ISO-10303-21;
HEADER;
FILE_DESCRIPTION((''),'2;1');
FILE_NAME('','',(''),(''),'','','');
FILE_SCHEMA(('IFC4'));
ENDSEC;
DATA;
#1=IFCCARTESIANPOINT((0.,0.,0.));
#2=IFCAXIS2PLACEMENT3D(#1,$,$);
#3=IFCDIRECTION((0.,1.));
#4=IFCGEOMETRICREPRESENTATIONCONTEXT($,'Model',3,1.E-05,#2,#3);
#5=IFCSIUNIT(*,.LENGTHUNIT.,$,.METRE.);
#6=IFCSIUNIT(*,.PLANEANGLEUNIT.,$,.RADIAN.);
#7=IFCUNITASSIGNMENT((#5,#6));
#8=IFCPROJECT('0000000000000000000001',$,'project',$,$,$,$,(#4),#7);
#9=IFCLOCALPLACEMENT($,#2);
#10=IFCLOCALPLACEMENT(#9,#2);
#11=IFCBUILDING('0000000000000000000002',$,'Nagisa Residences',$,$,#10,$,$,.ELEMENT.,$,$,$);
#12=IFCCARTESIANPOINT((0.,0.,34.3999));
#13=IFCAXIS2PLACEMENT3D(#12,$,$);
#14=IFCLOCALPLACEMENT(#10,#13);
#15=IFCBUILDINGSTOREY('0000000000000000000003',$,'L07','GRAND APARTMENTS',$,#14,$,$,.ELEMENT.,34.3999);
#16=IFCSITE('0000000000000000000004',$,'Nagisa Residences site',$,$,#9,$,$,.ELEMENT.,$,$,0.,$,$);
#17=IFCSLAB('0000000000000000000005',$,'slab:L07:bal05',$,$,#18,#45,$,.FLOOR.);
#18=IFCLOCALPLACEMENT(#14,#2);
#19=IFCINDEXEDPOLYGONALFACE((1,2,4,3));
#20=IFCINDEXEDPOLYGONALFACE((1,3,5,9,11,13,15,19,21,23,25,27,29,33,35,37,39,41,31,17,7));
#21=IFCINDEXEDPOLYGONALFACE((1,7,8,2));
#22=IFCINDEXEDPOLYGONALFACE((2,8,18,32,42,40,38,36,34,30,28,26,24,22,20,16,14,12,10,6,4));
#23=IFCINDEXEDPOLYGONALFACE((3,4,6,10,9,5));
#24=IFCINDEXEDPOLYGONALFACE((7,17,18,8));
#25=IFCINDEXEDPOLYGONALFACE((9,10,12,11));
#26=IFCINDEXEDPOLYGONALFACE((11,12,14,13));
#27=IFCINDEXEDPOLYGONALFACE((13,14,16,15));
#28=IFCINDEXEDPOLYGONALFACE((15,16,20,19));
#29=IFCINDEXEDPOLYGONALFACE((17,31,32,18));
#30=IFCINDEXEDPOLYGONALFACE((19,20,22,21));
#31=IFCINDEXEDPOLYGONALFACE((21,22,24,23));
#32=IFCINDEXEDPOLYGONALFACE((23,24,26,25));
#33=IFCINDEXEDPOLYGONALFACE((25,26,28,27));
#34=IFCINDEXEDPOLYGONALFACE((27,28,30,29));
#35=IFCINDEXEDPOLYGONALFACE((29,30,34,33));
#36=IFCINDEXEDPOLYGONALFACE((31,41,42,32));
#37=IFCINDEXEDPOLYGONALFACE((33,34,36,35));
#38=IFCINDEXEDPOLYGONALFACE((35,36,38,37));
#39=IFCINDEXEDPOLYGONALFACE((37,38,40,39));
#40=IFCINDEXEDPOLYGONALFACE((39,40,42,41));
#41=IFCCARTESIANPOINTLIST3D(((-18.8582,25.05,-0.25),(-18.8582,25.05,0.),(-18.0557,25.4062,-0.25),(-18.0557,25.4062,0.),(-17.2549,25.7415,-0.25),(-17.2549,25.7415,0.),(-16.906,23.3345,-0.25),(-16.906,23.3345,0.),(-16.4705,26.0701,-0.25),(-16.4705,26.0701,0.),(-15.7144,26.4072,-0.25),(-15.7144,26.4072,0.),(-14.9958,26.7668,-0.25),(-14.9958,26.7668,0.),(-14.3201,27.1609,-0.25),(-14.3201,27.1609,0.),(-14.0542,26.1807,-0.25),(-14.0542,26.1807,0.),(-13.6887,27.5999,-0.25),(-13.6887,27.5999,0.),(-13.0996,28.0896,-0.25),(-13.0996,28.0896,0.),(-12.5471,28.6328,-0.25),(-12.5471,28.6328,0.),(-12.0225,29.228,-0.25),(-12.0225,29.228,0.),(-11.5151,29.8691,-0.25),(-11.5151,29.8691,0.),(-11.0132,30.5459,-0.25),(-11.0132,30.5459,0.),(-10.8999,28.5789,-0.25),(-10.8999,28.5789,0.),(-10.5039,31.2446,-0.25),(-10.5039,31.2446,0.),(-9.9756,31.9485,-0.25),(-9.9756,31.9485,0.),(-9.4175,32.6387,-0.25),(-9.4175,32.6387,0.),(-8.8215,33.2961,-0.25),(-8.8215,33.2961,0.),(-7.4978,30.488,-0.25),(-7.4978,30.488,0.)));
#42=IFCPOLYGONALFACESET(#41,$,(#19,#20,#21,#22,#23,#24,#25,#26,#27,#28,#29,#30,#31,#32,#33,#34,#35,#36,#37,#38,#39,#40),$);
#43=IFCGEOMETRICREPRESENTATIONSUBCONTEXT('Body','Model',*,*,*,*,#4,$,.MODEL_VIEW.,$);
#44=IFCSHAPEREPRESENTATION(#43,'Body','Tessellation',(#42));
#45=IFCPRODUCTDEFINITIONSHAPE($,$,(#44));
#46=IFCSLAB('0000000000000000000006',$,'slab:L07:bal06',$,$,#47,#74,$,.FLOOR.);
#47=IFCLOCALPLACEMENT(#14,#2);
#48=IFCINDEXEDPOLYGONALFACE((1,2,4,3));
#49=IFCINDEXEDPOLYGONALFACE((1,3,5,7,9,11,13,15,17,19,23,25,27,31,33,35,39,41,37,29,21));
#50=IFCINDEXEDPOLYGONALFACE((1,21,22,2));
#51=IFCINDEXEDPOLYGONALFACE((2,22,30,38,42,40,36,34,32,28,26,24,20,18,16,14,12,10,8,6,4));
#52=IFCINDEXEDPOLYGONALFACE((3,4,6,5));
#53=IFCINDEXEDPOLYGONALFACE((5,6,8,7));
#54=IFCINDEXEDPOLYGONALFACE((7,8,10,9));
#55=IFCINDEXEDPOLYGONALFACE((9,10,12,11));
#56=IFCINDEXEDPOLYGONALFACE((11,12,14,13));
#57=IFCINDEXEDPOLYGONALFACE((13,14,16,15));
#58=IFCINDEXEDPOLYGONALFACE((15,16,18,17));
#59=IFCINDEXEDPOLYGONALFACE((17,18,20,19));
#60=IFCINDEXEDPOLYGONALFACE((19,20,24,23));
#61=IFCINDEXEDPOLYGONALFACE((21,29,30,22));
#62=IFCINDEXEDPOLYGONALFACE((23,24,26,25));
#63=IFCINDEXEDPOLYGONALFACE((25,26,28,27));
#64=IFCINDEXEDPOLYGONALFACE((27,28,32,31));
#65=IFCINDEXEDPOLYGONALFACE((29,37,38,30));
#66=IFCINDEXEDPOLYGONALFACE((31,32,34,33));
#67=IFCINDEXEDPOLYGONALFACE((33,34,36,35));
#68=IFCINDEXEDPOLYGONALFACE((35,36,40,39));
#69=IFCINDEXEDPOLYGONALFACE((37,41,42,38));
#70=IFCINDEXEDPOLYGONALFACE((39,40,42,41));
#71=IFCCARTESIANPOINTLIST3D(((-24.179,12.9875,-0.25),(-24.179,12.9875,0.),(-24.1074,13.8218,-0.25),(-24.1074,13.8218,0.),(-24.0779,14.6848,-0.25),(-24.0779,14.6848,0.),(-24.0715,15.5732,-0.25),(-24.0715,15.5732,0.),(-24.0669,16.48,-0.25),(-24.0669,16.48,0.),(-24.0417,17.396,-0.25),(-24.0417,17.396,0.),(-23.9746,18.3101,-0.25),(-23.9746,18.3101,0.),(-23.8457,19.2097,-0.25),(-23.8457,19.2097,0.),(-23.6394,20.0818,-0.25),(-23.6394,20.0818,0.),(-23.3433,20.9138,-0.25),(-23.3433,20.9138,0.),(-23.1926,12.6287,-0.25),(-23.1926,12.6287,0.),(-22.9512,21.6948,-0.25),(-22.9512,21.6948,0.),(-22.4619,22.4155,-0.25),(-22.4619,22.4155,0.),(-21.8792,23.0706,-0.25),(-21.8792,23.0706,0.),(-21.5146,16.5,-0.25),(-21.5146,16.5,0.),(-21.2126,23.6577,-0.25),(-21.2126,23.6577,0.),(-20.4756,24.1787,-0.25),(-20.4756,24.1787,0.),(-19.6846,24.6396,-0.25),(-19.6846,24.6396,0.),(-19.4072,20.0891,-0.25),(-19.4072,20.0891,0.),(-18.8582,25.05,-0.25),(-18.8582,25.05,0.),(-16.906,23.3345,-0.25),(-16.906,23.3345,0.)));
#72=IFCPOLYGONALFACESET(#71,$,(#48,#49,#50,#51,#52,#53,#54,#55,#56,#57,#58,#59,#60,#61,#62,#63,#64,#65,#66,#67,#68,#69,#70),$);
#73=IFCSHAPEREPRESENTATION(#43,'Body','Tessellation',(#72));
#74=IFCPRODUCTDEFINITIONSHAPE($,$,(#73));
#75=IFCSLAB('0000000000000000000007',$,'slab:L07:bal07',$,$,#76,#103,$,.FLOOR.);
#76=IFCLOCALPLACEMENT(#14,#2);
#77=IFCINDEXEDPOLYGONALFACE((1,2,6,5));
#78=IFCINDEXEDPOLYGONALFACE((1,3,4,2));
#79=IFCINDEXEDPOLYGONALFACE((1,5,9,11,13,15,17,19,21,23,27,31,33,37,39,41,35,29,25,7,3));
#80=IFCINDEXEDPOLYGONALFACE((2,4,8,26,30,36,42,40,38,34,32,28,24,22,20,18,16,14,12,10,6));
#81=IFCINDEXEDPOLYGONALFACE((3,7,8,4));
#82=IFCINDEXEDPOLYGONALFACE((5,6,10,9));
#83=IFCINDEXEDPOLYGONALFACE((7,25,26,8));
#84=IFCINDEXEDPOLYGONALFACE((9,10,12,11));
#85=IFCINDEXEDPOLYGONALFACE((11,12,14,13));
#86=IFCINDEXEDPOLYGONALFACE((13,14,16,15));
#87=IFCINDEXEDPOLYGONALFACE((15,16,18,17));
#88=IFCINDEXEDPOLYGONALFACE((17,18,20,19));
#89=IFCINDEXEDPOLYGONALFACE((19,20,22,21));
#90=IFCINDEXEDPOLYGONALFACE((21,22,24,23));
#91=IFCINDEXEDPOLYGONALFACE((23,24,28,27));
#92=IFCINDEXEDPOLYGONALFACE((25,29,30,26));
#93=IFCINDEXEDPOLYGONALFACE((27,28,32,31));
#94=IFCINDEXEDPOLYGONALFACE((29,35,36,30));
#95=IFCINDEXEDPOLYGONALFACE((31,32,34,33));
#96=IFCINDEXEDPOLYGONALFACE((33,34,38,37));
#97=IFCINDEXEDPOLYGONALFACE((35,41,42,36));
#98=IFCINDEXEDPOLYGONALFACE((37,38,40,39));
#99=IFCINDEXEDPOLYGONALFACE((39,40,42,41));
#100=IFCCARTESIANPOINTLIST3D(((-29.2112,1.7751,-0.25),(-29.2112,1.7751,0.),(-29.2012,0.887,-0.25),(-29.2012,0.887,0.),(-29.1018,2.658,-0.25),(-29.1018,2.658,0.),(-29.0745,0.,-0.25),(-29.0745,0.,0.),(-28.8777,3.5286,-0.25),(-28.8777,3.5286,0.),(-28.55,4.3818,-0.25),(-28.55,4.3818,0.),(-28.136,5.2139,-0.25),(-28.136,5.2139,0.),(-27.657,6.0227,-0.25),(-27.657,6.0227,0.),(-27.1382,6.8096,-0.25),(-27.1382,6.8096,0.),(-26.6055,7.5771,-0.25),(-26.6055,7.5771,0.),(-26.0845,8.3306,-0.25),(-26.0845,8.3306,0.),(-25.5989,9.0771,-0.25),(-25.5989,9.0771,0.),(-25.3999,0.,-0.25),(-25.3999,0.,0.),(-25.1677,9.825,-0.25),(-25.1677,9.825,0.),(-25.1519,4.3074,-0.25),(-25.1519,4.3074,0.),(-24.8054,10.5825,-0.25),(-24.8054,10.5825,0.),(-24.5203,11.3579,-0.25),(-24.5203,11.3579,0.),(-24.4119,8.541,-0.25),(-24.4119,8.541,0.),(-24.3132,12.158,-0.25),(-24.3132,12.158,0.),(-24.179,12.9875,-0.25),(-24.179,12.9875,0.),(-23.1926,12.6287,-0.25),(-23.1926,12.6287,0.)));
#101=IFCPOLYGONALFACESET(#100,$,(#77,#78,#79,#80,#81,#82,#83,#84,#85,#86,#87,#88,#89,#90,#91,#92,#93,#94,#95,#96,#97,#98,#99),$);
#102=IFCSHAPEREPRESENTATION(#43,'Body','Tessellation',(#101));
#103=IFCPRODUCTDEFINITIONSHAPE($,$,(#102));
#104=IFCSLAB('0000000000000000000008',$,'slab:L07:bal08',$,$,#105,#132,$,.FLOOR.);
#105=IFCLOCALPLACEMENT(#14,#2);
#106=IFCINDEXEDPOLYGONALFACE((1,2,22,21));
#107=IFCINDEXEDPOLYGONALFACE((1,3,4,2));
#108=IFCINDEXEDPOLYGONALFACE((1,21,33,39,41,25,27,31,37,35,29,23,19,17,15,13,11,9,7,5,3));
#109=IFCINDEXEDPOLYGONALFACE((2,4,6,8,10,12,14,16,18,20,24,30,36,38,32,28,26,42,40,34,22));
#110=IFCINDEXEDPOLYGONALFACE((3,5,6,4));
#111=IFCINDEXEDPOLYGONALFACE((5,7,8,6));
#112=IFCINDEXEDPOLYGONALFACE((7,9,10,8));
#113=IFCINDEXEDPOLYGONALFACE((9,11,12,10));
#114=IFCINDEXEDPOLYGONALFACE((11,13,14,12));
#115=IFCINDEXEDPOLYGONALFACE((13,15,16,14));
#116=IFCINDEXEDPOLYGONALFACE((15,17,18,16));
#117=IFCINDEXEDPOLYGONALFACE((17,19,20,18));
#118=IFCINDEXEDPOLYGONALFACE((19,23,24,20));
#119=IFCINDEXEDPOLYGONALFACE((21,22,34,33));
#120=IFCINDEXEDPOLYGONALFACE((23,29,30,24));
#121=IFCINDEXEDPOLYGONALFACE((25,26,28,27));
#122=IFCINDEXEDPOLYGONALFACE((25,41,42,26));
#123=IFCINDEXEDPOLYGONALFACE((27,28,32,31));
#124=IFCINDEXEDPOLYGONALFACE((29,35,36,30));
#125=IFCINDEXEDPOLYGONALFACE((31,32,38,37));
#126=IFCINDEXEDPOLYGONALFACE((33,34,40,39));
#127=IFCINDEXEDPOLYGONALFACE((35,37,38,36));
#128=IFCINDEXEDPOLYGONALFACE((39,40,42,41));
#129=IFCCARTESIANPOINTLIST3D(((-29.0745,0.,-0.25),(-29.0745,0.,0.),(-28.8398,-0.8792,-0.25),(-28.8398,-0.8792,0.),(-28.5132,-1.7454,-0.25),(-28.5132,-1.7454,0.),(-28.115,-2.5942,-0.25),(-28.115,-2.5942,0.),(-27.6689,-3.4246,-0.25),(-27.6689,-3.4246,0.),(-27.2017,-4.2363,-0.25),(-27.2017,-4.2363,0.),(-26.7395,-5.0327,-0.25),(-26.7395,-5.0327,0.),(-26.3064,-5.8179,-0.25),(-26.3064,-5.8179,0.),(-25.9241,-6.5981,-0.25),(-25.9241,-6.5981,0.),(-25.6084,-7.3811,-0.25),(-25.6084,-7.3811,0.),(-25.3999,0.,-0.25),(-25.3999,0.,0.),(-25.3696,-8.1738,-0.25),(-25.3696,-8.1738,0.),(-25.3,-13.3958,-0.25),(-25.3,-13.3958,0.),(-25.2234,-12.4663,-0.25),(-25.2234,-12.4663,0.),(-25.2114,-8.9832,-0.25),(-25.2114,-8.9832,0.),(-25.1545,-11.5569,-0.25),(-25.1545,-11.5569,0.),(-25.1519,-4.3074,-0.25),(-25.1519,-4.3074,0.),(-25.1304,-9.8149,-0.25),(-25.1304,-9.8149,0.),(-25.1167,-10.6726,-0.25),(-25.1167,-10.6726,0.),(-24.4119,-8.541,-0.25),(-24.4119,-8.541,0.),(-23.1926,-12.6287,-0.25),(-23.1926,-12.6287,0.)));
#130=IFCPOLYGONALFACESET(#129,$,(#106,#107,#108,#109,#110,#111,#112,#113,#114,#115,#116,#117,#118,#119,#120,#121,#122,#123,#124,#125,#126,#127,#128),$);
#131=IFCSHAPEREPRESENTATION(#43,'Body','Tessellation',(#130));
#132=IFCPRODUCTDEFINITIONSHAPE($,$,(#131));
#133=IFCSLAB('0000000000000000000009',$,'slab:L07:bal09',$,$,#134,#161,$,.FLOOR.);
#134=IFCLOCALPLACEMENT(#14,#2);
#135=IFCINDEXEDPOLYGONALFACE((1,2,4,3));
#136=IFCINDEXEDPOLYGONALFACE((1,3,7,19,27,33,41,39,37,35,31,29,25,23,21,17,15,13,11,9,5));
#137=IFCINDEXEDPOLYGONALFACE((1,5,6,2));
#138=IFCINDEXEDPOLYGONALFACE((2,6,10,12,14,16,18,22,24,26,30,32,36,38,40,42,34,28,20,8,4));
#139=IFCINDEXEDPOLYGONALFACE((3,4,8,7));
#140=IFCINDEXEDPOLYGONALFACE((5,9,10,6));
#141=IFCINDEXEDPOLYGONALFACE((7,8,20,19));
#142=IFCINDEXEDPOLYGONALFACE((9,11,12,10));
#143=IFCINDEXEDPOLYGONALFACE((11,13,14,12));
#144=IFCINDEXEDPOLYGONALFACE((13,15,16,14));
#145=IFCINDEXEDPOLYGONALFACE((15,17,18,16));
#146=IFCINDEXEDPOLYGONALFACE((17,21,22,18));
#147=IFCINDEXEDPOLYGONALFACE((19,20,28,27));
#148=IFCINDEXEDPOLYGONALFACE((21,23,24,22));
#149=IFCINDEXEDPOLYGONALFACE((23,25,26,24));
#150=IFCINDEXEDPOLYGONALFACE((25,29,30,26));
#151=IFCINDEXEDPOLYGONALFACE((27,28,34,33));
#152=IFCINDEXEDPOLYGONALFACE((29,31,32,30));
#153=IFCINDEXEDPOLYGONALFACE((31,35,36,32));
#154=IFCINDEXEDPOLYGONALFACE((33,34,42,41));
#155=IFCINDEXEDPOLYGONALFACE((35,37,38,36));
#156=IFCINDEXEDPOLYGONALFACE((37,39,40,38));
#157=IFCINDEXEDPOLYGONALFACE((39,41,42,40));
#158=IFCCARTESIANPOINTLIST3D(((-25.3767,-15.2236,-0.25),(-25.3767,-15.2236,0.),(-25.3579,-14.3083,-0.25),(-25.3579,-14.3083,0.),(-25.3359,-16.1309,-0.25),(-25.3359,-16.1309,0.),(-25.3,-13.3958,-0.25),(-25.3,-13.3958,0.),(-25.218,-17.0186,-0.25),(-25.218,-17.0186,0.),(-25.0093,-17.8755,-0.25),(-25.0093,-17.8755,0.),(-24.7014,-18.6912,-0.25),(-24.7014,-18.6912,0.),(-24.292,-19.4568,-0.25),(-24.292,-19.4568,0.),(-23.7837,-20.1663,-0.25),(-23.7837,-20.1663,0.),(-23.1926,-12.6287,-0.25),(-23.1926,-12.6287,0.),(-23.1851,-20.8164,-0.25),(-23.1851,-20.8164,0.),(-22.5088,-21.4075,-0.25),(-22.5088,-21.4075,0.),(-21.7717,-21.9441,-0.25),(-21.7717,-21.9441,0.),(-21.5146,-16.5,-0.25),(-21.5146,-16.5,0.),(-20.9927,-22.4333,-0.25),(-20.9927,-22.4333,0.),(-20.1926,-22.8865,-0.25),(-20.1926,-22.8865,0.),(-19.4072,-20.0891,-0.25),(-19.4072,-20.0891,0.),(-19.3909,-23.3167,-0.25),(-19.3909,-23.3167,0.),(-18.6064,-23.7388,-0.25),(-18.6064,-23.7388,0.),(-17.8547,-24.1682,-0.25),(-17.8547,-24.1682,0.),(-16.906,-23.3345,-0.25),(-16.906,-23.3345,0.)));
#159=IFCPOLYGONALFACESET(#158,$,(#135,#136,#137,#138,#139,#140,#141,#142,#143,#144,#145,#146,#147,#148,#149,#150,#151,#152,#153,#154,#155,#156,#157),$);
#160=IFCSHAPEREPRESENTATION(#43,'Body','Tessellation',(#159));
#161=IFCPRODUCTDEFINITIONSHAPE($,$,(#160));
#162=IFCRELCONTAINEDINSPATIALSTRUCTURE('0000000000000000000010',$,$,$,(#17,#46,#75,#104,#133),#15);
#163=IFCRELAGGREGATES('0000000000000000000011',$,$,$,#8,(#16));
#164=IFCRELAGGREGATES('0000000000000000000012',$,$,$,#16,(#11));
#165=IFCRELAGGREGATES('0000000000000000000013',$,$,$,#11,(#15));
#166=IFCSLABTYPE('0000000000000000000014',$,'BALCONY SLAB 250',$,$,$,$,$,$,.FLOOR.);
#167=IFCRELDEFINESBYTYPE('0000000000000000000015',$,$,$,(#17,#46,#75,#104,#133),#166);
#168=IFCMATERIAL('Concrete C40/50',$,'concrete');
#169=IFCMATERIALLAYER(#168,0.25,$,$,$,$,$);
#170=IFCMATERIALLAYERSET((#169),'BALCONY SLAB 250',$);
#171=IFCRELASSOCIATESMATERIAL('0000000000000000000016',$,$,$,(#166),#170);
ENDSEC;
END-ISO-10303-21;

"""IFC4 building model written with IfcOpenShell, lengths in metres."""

from ifc_helpers import new_model, si_unit, direction, frame, origin, place, context, subcontext, project, spatial, polyline, outline, extrude, material, layer, layer_set, type_object, element, save


model = new_model("IFC4")

# Units and contexts
model_context = context("Model", 3, precision=1e-05, world=origin(), true_north=direction((0.0, 1.0)))
body_context = subcontext(model_context, "Body", "Model", "MODEL_VIEW")
ifc_project = project(units=[si_unit("LENGTHUNIT", "METRE"), si_unit("PLANEANGLEUNIT", "RADIAN")], contexts=[model_context])

# Site, building, storey
site_placement = place(None, origin())
site = spatial("IfcSite", under=ifc_project, at=site_placement, Name="Nagisa Residences site", CompositionType="ELEMENT", RefElevation=0.0)
building_placement = place(site_placement, origin())
building = spatial("IfcBuilding", under=site, at=building_placement, Name="Nagisa Residences", CompositionType="ELEMENT")
storey_placement = place(building_placement, frame((0.0, 0.0, 34.3999)))
storey = spatial("IfcBuildingStorey", under=building, at=storey_placement, Name="L07", Description="GRAND APARTMENTS", CompositionType="ELEMENT", Elevation=34.3999)

# Slabs
ifc_material_1 = material(Name="Concrete C40/50", Category="concrete")
ifc_layer_1 = layer(ifc_material_1, 0.25)
ifc_layer_set_1 = layer_set([ifc_layer_1], Name="BALCONY SLAB 250")
slab_type_1 = type_object("IfcSlabType", Name="BALCONY SLAB 250", PredefinedType="FLOOR", material=ifc_layer_set_1)
slab_1_placement = place(storey_placement, frame((0.0, 0.0, -0.25)))
element("IfcSlab", 1, at=slab_1_placement, inside=storey, type_object=slab_type_1, Name="slab:L07:bal05", PredefinedType="FLOOR", context=body_context, shape_type="SweptSolid", body=[
    extrude(outline(polyline([(-8.8215, 33.2961), (-9.4175, 32.6387), (-9.9756, 31.9485), (-10.5039, 31.2446), (-11.0132, 30.5459), (-11.5151, 29.8691), (-12.0225, 29.228), (-12.5471, 28.6328), (-13.0996, 28.0896), (-13.6887, 27.5999), (-14.3201, 27.1609), (-14.9958, 26.7668), (-15.7144, 26.4072), (-16.4705, 26.0701), (-17.2549, 25.7415), (-18.0557, 25.4062), (-18.8582, 25.05), (-16.906, 23.3345), (-14.0542, 26.1807), (-10.8999, 28.5789), (-7.4978, 30.488), (-8.8215, 33.2961)])), origin(), (0.0, 0.0, 1.0), 0.25),
])
slab_2_placement = place(storey_placement, frame((0.0, 0.0, -0.25)))
element("IfcSlab", 2, at=slab_2_placement, inside=storey, type_object=slab_type_1, Name="slab:L07:bal06", PredefinedType="FLOOR", context=body_context, shape_type="SweptSolid", body=[
    extrude(outline(polyline([(-18.8582, 25.05), (-19.6846, 24.6396), (-20.4756, 24.1787), (-21.2126, 23.6577), (-21.8792, 23.0706), (-22.4619, 22.4155), (-22.9512, 21.6948), (-23.3433, 20.9138), (-23.6394, 20.0818), (-23.8457, 19.2097), (-23.9746, 18.3101), (-24.0417, 17.396), (-24.0669, 16.48), (-24.0715, 15.5732), (-24.0779, 14.6848), (-24.1074, 13.8218), (-24.179, 12.9875), (-23.1926, 12.6287), (-21.5146, 16.5), (-19.4072, 20.0891), (-16.906, 23.3345), (-18.8582, 25.05)])), origin(), (0.0, 0.0, 1.0), 0.25),
])
slab_3_placement = place(storey_placement, frame((0.0, 0.0, -0.25)))
element("IfcSlab", 3, at=slab_3_placement, inside=storey, type_object=slab_type_1, Name="slab:L07:bal07", PredefinedType="FLOOR", context=body_context, shape_type="SweptSolid", body=[
    extrude(outline(polyline([(-24.179, 12.9875), (-24.3132, 12.158), (-24.5203, 11.3579), (-24.8054, 10.5825), (-25.1677, 9.825), (-25.5989, 9.0771), (-26.0845, 8.3306), (-26.6055, 7.5771), (-27.1382, 6.8096), (-27.657, 6.0227), (-28.136, 5.2139), (-28.55, 4.3818), (-28.8777, 3.5286), (-29.1018, 2.658), (-29.2112, 1.7751), (-29.2012, 0.887), (-29.0745, 0.0), (-25.3999, 0.0), (-25.1519, 4.3074), (-24.4119, 8.541), (-23.1926, 12.6287), (-24.179, 12.9875)])), origin(), (0.0, 0.0, 1.0), 0.25),
])
slab_4_placement = place(storey_placement, frame((0.0, 0.0, -0.25)))
element("IfcSlab", 4, at=slab_4_placement, inside=storey, type_object=slab_type_1, Name="slab:L07:bal08", PredefinedType="FLOOR", context=body_context, shape_type="SweptSolid", body=[
    extrude(outline(polyline([(-29.0745, 0.0), (-28.8398, -0.8792), (-28.5132, -1.7454), (-28.115, -2.5942), (-27.6689, -3.4246), (-27.2017, -4.2363), (-26.7395, -5.0327), (-26.3064, -5.8179), (-25.9241, -6.5981), (-25.6084, -7.3811), (-25.3696, -8.1738), (-25.2114, -8.9832), (-25.1304, -9.8149), (-25.1167, -10.6726), (-25.1545, -11.5569), (-25.2234, -12.4663), (-25.3, -13.3958), (-23.1926, -12.6287), (-24.4119, -8.541), (-25.1519, -4.3074), (-25.3999, 0.0), (-29.0745, 0.0)])), origin(), (0.0, 0.0, 1.0), 0.25),
])
slab_5_placement = place(storey_placement, frame((0.0, 0.0, -0.25)))
element("IfcSlab", 5, at=slab_5_placement, inside=storey, type_object=slab_type_1, Name="slab:L07:bal09", PredefinedType="FLOOR", context=body_context, shape_type="SweptSolid", body=[
    extrude(outline(polyline([(-25.3, -13.3958), (-25.3579, -14.3083), (-25.3767, -15.2236), (-25.3359, -16.1309), (-25.218, -17.0186), (-25.0093, -17.8755), (-24.7014, -18.6912), (-24.292, -19.4568), (-23.7837, -20.1663), (-23.1851, -20.8164), (-22.5088, -21.4075), (-21.7717, -21.9441), (-20.9927, -22.4333), (-20.1926, -22.8865), (-19.3909, -23.3167), (-18.6064, -23.7388), (-17.8547, -24.1682), (-16.906, -23.3345), (-19.4072, -20.0891), (-21.5146, -16.5), (-23.1926, -12.6287), (-25.3, -13.3958)])), origin(), (0.0, 0.0, 1.0), 0.25),
])

save(model, "model.ifc")
